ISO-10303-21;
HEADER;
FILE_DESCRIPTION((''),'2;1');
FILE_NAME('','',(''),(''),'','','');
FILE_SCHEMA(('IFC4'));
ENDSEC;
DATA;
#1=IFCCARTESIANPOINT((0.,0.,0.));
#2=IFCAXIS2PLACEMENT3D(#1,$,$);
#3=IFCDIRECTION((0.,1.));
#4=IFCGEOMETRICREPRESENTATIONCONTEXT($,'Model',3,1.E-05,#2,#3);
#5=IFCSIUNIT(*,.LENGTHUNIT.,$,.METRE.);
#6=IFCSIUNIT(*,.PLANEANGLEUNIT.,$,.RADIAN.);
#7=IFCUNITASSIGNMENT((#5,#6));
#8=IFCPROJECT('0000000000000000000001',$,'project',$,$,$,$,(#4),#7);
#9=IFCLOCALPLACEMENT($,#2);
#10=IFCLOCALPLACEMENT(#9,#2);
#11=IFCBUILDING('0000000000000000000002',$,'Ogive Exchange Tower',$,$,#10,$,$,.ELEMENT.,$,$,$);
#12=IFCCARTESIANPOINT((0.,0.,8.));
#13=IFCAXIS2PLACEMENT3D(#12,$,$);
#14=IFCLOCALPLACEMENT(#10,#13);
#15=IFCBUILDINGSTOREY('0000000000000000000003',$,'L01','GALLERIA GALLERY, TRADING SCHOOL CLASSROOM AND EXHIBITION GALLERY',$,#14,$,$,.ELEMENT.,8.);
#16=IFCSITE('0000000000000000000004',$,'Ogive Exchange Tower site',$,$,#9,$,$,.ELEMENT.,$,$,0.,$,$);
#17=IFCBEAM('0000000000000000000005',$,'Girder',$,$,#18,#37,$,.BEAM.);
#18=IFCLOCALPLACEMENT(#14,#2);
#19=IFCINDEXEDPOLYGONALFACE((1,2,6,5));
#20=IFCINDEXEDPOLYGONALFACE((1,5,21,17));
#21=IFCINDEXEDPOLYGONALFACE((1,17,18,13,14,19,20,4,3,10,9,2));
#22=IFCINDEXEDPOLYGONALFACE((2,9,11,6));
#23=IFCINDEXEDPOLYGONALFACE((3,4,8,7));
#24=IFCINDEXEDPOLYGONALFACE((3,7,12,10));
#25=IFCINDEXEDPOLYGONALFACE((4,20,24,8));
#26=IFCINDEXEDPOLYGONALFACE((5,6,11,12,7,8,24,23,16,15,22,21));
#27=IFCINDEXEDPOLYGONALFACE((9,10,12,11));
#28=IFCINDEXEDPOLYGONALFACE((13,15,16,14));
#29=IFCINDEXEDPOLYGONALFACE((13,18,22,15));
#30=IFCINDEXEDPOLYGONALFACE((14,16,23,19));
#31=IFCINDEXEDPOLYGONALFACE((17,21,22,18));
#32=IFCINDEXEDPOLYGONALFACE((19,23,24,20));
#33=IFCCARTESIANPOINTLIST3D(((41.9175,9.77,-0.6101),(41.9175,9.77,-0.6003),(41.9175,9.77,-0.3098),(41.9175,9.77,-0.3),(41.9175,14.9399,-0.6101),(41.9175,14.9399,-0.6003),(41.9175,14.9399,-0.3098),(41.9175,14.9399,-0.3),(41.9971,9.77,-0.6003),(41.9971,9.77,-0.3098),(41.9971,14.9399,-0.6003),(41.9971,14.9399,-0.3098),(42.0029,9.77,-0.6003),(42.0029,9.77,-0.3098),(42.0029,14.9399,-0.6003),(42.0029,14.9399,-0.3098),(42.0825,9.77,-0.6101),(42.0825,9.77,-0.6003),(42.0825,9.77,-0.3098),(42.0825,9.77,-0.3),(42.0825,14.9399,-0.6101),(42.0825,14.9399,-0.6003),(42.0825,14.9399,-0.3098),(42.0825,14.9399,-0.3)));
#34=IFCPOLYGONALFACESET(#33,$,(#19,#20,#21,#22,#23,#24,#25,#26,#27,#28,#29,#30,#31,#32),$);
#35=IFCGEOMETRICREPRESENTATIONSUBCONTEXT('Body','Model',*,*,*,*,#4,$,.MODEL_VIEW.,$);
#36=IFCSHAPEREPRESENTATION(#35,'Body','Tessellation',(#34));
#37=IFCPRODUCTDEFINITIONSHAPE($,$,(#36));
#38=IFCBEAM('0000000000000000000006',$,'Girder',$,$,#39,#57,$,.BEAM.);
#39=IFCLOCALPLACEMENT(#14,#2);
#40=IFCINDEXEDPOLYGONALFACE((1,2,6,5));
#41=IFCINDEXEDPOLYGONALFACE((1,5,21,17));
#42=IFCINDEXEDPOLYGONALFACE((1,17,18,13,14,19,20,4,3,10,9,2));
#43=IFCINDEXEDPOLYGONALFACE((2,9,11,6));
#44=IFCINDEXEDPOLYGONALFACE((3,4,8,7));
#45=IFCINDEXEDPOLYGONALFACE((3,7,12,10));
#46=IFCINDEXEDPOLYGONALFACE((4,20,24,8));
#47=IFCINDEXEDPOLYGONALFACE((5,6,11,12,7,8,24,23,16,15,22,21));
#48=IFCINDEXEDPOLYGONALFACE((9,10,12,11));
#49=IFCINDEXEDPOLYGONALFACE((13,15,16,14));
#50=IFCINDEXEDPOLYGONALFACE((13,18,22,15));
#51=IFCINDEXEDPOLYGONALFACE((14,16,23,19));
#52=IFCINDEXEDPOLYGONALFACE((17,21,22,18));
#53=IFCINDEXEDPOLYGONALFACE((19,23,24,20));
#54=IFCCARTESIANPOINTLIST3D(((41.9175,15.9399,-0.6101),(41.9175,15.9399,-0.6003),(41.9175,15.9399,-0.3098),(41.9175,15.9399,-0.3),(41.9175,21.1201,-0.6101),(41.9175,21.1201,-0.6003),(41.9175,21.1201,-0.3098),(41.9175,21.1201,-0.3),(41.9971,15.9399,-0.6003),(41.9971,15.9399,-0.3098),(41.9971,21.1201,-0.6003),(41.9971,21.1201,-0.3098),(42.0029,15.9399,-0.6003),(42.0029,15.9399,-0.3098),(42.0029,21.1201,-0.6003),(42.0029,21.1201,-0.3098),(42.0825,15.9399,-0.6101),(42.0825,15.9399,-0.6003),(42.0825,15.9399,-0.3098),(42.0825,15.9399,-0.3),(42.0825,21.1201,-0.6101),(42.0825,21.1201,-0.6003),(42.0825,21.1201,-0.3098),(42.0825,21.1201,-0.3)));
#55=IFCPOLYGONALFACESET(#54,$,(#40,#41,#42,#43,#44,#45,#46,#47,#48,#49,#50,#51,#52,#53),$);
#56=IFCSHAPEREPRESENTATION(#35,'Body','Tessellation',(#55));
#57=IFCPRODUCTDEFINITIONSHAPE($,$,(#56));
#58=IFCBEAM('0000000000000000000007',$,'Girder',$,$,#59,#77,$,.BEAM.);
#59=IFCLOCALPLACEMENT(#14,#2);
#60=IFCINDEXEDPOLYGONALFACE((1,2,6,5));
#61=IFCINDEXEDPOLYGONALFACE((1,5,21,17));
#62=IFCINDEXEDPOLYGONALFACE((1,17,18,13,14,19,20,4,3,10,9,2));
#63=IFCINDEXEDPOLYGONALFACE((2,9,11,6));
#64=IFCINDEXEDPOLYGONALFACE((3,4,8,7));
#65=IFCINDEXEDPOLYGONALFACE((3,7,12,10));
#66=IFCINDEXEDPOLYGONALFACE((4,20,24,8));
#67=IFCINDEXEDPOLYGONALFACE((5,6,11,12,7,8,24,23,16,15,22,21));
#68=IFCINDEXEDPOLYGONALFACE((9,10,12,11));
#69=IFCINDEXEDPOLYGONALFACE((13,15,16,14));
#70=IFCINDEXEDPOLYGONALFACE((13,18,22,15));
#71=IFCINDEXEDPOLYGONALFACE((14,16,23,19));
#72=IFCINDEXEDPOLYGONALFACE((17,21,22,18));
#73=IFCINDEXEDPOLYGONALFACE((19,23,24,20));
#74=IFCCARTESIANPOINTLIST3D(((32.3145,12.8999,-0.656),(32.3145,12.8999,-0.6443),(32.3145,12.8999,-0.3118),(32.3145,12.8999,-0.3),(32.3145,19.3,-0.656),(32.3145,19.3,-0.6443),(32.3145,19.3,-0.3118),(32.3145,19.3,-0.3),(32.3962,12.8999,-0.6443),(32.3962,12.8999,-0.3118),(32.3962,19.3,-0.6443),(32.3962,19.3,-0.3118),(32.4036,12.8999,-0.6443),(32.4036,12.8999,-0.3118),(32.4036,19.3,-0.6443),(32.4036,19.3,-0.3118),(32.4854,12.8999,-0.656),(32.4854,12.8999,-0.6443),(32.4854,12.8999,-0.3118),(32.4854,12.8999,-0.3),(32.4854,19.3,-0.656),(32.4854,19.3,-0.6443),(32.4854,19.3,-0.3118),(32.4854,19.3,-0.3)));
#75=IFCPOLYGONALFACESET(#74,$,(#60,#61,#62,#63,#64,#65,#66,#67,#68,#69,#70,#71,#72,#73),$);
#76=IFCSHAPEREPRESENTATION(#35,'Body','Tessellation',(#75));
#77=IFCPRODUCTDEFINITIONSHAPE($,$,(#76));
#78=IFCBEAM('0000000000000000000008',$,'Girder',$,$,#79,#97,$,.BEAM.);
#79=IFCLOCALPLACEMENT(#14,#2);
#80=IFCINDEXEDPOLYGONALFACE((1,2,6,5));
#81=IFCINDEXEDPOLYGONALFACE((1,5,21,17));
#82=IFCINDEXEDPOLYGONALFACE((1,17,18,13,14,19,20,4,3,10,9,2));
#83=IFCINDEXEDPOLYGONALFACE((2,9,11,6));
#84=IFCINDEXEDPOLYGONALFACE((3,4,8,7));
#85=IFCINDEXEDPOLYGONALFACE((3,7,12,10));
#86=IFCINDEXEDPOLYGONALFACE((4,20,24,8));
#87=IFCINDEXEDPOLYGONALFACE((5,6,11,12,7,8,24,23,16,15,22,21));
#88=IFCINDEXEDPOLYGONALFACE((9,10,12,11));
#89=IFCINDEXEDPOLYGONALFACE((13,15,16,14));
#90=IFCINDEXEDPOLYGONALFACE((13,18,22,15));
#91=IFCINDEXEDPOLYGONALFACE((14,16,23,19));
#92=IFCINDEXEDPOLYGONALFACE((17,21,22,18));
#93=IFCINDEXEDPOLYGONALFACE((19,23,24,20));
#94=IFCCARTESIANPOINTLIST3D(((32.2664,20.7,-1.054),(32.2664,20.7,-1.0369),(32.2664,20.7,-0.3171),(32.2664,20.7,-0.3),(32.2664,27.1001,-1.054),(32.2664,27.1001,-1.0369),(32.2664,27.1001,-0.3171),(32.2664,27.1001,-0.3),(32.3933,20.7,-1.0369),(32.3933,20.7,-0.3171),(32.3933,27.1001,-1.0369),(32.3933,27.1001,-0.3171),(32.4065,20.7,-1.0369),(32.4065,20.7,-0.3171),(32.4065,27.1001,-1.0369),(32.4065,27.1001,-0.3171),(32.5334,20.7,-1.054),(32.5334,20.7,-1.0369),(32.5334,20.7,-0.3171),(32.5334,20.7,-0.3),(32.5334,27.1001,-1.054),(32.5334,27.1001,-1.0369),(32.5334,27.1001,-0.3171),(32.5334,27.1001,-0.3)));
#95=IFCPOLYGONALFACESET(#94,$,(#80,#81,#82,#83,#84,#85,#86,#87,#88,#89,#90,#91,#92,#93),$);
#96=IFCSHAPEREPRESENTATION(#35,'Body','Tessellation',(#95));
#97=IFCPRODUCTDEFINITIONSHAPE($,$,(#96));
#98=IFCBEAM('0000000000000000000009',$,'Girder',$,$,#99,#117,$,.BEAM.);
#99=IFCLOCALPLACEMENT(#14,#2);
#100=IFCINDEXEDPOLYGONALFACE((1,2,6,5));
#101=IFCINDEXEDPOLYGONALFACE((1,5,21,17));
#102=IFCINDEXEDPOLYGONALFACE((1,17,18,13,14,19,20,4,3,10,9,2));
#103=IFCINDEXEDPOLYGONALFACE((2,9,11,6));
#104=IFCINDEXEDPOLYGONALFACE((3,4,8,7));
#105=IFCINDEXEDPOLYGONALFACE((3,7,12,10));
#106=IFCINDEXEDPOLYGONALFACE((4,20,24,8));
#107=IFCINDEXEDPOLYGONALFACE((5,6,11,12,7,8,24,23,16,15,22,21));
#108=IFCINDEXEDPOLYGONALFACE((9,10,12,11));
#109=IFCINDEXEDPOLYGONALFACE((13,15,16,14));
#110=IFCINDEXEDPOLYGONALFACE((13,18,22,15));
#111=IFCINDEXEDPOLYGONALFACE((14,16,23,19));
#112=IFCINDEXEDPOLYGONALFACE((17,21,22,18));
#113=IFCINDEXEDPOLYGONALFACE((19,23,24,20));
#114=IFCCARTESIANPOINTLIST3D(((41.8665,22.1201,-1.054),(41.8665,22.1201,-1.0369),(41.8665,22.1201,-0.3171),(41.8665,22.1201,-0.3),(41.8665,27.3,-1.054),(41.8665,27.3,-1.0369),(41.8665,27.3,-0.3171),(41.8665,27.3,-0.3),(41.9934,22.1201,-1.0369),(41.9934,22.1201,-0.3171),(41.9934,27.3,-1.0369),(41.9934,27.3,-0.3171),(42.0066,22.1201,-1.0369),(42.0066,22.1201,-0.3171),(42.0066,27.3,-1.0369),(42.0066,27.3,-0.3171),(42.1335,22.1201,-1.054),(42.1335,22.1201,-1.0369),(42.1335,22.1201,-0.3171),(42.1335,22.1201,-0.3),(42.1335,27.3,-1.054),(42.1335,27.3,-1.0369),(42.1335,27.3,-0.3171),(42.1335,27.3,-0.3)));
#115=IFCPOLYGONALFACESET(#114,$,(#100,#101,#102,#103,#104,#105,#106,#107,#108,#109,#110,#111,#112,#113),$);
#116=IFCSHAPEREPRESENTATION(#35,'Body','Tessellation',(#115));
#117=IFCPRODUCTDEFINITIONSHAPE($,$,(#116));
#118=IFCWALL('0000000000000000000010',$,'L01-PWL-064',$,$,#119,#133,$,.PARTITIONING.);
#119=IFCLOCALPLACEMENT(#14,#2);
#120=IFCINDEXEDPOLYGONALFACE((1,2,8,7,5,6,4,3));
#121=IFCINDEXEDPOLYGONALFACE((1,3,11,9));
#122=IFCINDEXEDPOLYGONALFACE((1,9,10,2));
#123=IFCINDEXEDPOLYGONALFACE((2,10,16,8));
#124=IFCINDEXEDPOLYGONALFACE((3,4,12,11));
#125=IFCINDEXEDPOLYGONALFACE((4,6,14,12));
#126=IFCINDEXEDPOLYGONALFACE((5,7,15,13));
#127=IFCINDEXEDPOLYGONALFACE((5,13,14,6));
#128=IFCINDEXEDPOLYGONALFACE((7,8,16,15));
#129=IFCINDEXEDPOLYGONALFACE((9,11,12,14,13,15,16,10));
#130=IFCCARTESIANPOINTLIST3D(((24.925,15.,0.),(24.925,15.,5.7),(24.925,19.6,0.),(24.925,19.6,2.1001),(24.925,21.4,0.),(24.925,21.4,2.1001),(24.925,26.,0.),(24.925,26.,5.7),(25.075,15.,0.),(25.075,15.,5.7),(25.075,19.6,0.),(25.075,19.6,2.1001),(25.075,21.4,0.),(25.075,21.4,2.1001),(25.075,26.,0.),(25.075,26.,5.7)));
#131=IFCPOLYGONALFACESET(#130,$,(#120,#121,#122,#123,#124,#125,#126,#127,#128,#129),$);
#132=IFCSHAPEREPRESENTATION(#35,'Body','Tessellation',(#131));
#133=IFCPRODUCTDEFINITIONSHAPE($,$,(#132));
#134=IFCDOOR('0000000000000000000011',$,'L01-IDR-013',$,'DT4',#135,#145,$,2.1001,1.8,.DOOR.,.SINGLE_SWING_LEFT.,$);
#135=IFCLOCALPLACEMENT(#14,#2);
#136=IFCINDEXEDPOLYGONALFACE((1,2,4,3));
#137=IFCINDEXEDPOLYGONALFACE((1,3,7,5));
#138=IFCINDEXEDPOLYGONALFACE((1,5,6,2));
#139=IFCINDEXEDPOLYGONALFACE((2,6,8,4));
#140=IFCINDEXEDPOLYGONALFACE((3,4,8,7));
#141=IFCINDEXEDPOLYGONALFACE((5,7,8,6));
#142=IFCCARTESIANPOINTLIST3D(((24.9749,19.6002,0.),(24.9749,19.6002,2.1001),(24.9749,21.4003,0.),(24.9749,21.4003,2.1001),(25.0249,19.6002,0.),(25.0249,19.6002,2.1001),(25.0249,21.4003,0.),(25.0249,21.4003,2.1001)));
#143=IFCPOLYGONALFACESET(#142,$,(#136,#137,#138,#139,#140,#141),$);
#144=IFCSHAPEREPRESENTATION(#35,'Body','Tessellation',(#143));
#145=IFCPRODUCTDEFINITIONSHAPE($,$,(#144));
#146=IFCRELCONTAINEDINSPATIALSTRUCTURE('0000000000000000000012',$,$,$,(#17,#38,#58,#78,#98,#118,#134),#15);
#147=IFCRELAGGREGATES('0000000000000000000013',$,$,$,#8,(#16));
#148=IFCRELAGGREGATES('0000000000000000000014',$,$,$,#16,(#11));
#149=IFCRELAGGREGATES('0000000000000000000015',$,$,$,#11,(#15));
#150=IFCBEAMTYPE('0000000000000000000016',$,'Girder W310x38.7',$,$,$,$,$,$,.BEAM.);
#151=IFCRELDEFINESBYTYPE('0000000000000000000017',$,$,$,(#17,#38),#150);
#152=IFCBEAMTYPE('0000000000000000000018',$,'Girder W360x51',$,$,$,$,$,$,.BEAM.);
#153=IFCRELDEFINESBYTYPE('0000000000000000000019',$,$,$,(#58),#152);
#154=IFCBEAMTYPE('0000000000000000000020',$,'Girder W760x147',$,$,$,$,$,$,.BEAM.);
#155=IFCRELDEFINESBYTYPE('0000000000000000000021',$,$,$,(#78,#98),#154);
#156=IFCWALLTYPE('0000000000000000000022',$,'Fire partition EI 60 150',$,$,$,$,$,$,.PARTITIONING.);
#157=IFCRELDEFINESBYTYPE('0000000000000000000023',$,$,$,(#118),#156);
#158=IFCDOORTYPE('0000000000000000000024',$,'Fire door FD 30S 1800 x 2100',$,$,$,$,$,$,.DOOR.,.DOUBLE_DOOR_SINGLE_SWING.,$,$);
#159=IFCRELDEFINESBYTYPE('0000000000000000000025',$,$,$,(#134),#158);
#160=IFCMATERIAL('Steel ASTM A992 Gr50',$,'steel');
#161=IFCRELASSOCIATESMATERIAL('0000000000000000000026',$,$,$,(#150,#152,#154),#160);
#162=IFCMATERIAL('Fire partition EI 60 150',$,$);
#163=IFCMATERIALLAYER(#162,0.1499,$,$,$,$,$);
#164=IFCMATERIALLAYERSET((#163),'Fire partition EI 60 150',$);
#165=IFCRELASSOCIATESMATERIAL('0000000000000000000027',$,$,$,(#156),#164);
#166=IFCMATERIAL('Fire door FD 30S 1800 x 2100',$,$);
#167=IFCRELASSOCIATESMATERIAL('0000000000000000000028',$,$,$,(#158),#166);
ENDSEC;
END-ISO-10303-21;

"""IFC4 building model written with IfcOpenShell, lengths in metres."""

from ifc_helpers import new_model, si_unit, direction, frame, frame_2d, origin, origin_2d, place, context, subcontext, project, spatial, rectangle, i_section, extrude, material, layer, layer_set, material_profile, profile_set, type_object, element, fill, save


model = new_model("IFC4")

# Units and contexts
model_context = context("Model", 3, precision=1e-05, world=origin(), true_north=direction((0.0, 1.0)))
body_context = subcontext(model_context, "Body", "Model", "MODEL_VIEW")
ifc_project = project(units=[si_unit("LENGTHUNIT", "METRE"), si_unit("PLANEANGLEUNIT", "RADIAN")], contexts=[model_context])

# Site, building, storey
site_placement = place(None, origin())
site = spatial("IfcSite", under=ifc_project, at=site_placement, Name="Ogive Exchange Tower site", CompositionType="ELEMENT", RefElevation=0.0)
building_placement = place(site_placement, origin())
building = spatial("IfcBuilding", under=site, at=building_placement, Name="Ogive Exchange Tower", CompositionType="ELEMENT")
storey_placement = place(building_placement, frame((0.0, 0.0, 8.0)))
storey = spatial("IfcBuildingStorey", under=building, at=storey_placement, Name="L01", Description="GALLERIA GALLERY, TRADING SCHOOL CLASSROOM AND EXHIBITION GALLERY", CompositionType="ELEMENT", Elevation=8.0)

# Beams
ifc_material_1 = material(Name="Steel ASTM A992 Gr50", Category="steel")
ifc_material_profile_1 = material_profile(ifc_material_1, i_section(OverallWidth=0.165, OverallDepth=0.3101, WebThickness=0.0059, FlangeThickness=0.0098, at=origin_2d()), Name="W310x38.7")
ifc_profile_set_1 = profile_set([ifc_material_profile_1], Name="Steel ASTM A992 Gr50")
beam_type_1 = type_object("IfcBeamType", Name="Girder W310x38.7", PredefinedType="BEAM", material=ifc_profile_set_1)
beam_1_placement = place(storey_placement, frame((42.0, 9.77, -0.4551), z_axis=(0.0, 1.0, 0.0), x_axis=(-1.0, 0.0, 0.0)))
element("IfcBeam", 1, at=beam_1_placement, inside=storey, type_object=beam_type_1, Name="Girder", PredefinedType="BEAM", context=body_context, shape_type="SweptSolid", body=[
    extrude(i_section(OverallWidth=0.165, OverallDepth=0.3101, WebThickness=0.0059, FlangeThickness=0.0098, at=origin_2d()), origin(), (0.0, 0.0, 1.0), 5.1699),
])
beam_2_placement = place(storey_placement, frame((42.0, 15.9399, -0.4551), z_axis=(0.0, 1.0, 0.0), x_axis=(-1.0, 0.0, 0.0)))
element("IfcBeam", 2, at=beam_2_placement, inside=storey, type_object=beam_type_1, Name="Girder", PredefinedType="BEAM", context=body_context, shape_type="SweptSolid", body=[
    extrude(i_section(OverallWidth=0.165, OverallDepth=0.3101, WebThickness=0.0059, FlangeThickness=0.0098, at=origin_2d()), origin(), (0.0, 0.0, 1.0), 5.1802),
])
ifc_material_profile_2 = material_profile(ifc_material_1, i_section(OverallWidth=0.1709, OverallDepth=0.356, WebThickness=0.0073, FlangeThickness=0.0117, at=origin_2d()), Name="W360x51")
ifc_profile_set_2 = profile_set([ifc_material_profile_2], Name="Steel ASTM A992 Gr50")
beam_type_2 = type_object("IfcBeamType", Name="Girder W360x51", PredefinedType="BEAM", material=ifc_profile_set_2)
beam_3_placement = place(storey_placement, frame((32.3999, 12.8999, -0.478), z_axis=(0.0, 1.0, 0.0), x_axis=(-1.0, 0.0, 0.0)))
element("IfcBeam", 3, at=beam_3_placement, inside=storey, type_object=beam_type_2, Name="Girder", PredefinedType="BEAM", context=body_context, shape_type="SweptSolid", body=[
    extrude(i_section(OverallWidth=0.1709, OverallDepth=0.356, WebThickness=0.0073, FlangeThickness=0.0117, at=origin_2d()), origin(), (0.0, 0.0, 1.0), 6.4001),
])
ifc_material_profile_3 = material_profile(ifc_material_1, i_section(OverallWidth=0.2671, OverallDepth=0.7539, WebThickness=0.0132, FlangeThickness=0.0171, at=origin_2d()), Name="W760x147")
ifc_profile_set_3 = profile_set([ifc_material_profile_3], Name="Steel ASTM A992 Gr50")
beam_type_3 = type_object("IfcBeamType", Name="Girder W760x147", PredefinedType="BEAM", material=ifc_profile_set_3)
beam_4_placement = place(storey_placement, frame((32.3999, 20.7, -0.677), z_axis=(0.0, 1.0, 0.0), x_axis=(-1.0, 0.0, 0.0)))
element("IfcBeam", 4, at=beam_4_placement, inside=storey, type_object=beam_type_3, Name="Girder", PredefinedType="BEAM", context=body_context, shape_type="SweptSolid", body=[
    extrude(i_section(OverallWidth=0.2671, OverallDepth=0.7539, WebThickness=0.0132, FlangeThickness=0.0171, at=origin_2d()), origin(), (0.0, 0.0, 1.0), 6.4001),
])
beam_5_placement = place(storey_placement, frame((42.0, 22.1201, -0.677), z_axis=(0.0, 1.0, 0.0), x_axis=(-1.0, 0.0, 0.0)))
element("IfcBeam", 5, at=beam_5_placement, inside=storey, type_object=beam_type_3, Name="Girder", PredefinedType="BEAM", context=body_context, shape_type="SweptSolid", body=[
    extrude(i_section(OverallWidth=0.2671, OverallDepth=0.7539, WebThickness=0.0132, FlangeThickness=0.0171, at=origin_2d()), origin(), (0.0, 0.0, 1.0), 5.1799),
])

# Wall, opening, door
ifc_material_2 = material(Name="Fire partition EI 60 150")
ifc_layer_1 = layer(ifc_material_2, 0.1499)
ifc_layer_set_1 = layer_set([ifc_layer_1], Name="Fire partition EI 60 150")
wall_type_1 = type_object("IfcWallType", Name="Fire partition EI 60 150", PredefinedType="PARTITIONING", material=ifc_layer_set_1)
wall_1_placement = place(storey_placement, frame((25.0, 15.0, 0.0), z_axis=(0.0, 0.0, 1.0), x_axis=(0.0, 1.0, 0.0)))
wall_1 = element("IfcWall", 6, at=wall_1_placement, inside=storey, type_object=wall_type_1, Name="L01-PWL-064", PredefinedType="PARTITIONING", context=body_context, shape_type="SweptSolid", body=[
    extrude(rectangle(XDim=11.0, YDim=0.1499, at=frame_2d((5.5, 0.0))), origin(), (0.0, 0.0, 1.0), 5.7),
])
opening_1_placement = place(wall_1_placement, frame((4.6001, 0.0, 0.0)))
opening_1 = element("IfcOpeningElement", 7, at=opening_1_placement, cuts=wall_1, PredefinedType="OPENING", context=body_context, shape_type="SweptSolid", body=[
    extrude(rectangle(XDim=1.8, YDim=2.1001, at=frame_2d((0.8999, 1.05))), frame((0.0, 0.085, 0.0), z_axis=(0.0, -1.0, 0.0), x_axis=(1.0, 0.0, 0.0)), (0.0, 0.0, 1.0), 0.1699),
])
ifc_material_3 = material(Name="Fire door FD 30S 1800 x 2100")
door_type = type_object("IfcDoorType", Name="Fire door FD 30S 1800 x 2100", OperationType="DOUBLE_DOOR_SINGLE_SWING", PredefinedType="DOOR", material=ifc_material_3)
door_placement = place(opening_1_placement, frame((1.8, 0.0, 0.0), z_axis=(0.0, 0.0, 1.0), x_axis=(-1.0, 0.0, 0.0)))
door = element("IfcDoor", 8, at=door_placement, inside=storey, type_object=door_type, Name="L01-IDR-013", ObjectType="DT4", OperationType="SINGLE_SWING_LEFT", OverallHeight=2.1001, OverallWidth=1.8, PredefinedType="DOOR", context=body_context, shape_type="SweptSolid", body=[
    extrude(rectangle(XDim=1.8, YDim=2.1001, at=frame_2d((0.8999, 1.05))), frame((0.0, 0.0249, 0.0), z_axis=(0.0, -1.0, 0.0), x_axis=(1.0, 0.0, 0.0)), (0.0, 0.0, 1.0), 0.05),
])
fill(opening_1, door)

save(model, "model.ifc")
